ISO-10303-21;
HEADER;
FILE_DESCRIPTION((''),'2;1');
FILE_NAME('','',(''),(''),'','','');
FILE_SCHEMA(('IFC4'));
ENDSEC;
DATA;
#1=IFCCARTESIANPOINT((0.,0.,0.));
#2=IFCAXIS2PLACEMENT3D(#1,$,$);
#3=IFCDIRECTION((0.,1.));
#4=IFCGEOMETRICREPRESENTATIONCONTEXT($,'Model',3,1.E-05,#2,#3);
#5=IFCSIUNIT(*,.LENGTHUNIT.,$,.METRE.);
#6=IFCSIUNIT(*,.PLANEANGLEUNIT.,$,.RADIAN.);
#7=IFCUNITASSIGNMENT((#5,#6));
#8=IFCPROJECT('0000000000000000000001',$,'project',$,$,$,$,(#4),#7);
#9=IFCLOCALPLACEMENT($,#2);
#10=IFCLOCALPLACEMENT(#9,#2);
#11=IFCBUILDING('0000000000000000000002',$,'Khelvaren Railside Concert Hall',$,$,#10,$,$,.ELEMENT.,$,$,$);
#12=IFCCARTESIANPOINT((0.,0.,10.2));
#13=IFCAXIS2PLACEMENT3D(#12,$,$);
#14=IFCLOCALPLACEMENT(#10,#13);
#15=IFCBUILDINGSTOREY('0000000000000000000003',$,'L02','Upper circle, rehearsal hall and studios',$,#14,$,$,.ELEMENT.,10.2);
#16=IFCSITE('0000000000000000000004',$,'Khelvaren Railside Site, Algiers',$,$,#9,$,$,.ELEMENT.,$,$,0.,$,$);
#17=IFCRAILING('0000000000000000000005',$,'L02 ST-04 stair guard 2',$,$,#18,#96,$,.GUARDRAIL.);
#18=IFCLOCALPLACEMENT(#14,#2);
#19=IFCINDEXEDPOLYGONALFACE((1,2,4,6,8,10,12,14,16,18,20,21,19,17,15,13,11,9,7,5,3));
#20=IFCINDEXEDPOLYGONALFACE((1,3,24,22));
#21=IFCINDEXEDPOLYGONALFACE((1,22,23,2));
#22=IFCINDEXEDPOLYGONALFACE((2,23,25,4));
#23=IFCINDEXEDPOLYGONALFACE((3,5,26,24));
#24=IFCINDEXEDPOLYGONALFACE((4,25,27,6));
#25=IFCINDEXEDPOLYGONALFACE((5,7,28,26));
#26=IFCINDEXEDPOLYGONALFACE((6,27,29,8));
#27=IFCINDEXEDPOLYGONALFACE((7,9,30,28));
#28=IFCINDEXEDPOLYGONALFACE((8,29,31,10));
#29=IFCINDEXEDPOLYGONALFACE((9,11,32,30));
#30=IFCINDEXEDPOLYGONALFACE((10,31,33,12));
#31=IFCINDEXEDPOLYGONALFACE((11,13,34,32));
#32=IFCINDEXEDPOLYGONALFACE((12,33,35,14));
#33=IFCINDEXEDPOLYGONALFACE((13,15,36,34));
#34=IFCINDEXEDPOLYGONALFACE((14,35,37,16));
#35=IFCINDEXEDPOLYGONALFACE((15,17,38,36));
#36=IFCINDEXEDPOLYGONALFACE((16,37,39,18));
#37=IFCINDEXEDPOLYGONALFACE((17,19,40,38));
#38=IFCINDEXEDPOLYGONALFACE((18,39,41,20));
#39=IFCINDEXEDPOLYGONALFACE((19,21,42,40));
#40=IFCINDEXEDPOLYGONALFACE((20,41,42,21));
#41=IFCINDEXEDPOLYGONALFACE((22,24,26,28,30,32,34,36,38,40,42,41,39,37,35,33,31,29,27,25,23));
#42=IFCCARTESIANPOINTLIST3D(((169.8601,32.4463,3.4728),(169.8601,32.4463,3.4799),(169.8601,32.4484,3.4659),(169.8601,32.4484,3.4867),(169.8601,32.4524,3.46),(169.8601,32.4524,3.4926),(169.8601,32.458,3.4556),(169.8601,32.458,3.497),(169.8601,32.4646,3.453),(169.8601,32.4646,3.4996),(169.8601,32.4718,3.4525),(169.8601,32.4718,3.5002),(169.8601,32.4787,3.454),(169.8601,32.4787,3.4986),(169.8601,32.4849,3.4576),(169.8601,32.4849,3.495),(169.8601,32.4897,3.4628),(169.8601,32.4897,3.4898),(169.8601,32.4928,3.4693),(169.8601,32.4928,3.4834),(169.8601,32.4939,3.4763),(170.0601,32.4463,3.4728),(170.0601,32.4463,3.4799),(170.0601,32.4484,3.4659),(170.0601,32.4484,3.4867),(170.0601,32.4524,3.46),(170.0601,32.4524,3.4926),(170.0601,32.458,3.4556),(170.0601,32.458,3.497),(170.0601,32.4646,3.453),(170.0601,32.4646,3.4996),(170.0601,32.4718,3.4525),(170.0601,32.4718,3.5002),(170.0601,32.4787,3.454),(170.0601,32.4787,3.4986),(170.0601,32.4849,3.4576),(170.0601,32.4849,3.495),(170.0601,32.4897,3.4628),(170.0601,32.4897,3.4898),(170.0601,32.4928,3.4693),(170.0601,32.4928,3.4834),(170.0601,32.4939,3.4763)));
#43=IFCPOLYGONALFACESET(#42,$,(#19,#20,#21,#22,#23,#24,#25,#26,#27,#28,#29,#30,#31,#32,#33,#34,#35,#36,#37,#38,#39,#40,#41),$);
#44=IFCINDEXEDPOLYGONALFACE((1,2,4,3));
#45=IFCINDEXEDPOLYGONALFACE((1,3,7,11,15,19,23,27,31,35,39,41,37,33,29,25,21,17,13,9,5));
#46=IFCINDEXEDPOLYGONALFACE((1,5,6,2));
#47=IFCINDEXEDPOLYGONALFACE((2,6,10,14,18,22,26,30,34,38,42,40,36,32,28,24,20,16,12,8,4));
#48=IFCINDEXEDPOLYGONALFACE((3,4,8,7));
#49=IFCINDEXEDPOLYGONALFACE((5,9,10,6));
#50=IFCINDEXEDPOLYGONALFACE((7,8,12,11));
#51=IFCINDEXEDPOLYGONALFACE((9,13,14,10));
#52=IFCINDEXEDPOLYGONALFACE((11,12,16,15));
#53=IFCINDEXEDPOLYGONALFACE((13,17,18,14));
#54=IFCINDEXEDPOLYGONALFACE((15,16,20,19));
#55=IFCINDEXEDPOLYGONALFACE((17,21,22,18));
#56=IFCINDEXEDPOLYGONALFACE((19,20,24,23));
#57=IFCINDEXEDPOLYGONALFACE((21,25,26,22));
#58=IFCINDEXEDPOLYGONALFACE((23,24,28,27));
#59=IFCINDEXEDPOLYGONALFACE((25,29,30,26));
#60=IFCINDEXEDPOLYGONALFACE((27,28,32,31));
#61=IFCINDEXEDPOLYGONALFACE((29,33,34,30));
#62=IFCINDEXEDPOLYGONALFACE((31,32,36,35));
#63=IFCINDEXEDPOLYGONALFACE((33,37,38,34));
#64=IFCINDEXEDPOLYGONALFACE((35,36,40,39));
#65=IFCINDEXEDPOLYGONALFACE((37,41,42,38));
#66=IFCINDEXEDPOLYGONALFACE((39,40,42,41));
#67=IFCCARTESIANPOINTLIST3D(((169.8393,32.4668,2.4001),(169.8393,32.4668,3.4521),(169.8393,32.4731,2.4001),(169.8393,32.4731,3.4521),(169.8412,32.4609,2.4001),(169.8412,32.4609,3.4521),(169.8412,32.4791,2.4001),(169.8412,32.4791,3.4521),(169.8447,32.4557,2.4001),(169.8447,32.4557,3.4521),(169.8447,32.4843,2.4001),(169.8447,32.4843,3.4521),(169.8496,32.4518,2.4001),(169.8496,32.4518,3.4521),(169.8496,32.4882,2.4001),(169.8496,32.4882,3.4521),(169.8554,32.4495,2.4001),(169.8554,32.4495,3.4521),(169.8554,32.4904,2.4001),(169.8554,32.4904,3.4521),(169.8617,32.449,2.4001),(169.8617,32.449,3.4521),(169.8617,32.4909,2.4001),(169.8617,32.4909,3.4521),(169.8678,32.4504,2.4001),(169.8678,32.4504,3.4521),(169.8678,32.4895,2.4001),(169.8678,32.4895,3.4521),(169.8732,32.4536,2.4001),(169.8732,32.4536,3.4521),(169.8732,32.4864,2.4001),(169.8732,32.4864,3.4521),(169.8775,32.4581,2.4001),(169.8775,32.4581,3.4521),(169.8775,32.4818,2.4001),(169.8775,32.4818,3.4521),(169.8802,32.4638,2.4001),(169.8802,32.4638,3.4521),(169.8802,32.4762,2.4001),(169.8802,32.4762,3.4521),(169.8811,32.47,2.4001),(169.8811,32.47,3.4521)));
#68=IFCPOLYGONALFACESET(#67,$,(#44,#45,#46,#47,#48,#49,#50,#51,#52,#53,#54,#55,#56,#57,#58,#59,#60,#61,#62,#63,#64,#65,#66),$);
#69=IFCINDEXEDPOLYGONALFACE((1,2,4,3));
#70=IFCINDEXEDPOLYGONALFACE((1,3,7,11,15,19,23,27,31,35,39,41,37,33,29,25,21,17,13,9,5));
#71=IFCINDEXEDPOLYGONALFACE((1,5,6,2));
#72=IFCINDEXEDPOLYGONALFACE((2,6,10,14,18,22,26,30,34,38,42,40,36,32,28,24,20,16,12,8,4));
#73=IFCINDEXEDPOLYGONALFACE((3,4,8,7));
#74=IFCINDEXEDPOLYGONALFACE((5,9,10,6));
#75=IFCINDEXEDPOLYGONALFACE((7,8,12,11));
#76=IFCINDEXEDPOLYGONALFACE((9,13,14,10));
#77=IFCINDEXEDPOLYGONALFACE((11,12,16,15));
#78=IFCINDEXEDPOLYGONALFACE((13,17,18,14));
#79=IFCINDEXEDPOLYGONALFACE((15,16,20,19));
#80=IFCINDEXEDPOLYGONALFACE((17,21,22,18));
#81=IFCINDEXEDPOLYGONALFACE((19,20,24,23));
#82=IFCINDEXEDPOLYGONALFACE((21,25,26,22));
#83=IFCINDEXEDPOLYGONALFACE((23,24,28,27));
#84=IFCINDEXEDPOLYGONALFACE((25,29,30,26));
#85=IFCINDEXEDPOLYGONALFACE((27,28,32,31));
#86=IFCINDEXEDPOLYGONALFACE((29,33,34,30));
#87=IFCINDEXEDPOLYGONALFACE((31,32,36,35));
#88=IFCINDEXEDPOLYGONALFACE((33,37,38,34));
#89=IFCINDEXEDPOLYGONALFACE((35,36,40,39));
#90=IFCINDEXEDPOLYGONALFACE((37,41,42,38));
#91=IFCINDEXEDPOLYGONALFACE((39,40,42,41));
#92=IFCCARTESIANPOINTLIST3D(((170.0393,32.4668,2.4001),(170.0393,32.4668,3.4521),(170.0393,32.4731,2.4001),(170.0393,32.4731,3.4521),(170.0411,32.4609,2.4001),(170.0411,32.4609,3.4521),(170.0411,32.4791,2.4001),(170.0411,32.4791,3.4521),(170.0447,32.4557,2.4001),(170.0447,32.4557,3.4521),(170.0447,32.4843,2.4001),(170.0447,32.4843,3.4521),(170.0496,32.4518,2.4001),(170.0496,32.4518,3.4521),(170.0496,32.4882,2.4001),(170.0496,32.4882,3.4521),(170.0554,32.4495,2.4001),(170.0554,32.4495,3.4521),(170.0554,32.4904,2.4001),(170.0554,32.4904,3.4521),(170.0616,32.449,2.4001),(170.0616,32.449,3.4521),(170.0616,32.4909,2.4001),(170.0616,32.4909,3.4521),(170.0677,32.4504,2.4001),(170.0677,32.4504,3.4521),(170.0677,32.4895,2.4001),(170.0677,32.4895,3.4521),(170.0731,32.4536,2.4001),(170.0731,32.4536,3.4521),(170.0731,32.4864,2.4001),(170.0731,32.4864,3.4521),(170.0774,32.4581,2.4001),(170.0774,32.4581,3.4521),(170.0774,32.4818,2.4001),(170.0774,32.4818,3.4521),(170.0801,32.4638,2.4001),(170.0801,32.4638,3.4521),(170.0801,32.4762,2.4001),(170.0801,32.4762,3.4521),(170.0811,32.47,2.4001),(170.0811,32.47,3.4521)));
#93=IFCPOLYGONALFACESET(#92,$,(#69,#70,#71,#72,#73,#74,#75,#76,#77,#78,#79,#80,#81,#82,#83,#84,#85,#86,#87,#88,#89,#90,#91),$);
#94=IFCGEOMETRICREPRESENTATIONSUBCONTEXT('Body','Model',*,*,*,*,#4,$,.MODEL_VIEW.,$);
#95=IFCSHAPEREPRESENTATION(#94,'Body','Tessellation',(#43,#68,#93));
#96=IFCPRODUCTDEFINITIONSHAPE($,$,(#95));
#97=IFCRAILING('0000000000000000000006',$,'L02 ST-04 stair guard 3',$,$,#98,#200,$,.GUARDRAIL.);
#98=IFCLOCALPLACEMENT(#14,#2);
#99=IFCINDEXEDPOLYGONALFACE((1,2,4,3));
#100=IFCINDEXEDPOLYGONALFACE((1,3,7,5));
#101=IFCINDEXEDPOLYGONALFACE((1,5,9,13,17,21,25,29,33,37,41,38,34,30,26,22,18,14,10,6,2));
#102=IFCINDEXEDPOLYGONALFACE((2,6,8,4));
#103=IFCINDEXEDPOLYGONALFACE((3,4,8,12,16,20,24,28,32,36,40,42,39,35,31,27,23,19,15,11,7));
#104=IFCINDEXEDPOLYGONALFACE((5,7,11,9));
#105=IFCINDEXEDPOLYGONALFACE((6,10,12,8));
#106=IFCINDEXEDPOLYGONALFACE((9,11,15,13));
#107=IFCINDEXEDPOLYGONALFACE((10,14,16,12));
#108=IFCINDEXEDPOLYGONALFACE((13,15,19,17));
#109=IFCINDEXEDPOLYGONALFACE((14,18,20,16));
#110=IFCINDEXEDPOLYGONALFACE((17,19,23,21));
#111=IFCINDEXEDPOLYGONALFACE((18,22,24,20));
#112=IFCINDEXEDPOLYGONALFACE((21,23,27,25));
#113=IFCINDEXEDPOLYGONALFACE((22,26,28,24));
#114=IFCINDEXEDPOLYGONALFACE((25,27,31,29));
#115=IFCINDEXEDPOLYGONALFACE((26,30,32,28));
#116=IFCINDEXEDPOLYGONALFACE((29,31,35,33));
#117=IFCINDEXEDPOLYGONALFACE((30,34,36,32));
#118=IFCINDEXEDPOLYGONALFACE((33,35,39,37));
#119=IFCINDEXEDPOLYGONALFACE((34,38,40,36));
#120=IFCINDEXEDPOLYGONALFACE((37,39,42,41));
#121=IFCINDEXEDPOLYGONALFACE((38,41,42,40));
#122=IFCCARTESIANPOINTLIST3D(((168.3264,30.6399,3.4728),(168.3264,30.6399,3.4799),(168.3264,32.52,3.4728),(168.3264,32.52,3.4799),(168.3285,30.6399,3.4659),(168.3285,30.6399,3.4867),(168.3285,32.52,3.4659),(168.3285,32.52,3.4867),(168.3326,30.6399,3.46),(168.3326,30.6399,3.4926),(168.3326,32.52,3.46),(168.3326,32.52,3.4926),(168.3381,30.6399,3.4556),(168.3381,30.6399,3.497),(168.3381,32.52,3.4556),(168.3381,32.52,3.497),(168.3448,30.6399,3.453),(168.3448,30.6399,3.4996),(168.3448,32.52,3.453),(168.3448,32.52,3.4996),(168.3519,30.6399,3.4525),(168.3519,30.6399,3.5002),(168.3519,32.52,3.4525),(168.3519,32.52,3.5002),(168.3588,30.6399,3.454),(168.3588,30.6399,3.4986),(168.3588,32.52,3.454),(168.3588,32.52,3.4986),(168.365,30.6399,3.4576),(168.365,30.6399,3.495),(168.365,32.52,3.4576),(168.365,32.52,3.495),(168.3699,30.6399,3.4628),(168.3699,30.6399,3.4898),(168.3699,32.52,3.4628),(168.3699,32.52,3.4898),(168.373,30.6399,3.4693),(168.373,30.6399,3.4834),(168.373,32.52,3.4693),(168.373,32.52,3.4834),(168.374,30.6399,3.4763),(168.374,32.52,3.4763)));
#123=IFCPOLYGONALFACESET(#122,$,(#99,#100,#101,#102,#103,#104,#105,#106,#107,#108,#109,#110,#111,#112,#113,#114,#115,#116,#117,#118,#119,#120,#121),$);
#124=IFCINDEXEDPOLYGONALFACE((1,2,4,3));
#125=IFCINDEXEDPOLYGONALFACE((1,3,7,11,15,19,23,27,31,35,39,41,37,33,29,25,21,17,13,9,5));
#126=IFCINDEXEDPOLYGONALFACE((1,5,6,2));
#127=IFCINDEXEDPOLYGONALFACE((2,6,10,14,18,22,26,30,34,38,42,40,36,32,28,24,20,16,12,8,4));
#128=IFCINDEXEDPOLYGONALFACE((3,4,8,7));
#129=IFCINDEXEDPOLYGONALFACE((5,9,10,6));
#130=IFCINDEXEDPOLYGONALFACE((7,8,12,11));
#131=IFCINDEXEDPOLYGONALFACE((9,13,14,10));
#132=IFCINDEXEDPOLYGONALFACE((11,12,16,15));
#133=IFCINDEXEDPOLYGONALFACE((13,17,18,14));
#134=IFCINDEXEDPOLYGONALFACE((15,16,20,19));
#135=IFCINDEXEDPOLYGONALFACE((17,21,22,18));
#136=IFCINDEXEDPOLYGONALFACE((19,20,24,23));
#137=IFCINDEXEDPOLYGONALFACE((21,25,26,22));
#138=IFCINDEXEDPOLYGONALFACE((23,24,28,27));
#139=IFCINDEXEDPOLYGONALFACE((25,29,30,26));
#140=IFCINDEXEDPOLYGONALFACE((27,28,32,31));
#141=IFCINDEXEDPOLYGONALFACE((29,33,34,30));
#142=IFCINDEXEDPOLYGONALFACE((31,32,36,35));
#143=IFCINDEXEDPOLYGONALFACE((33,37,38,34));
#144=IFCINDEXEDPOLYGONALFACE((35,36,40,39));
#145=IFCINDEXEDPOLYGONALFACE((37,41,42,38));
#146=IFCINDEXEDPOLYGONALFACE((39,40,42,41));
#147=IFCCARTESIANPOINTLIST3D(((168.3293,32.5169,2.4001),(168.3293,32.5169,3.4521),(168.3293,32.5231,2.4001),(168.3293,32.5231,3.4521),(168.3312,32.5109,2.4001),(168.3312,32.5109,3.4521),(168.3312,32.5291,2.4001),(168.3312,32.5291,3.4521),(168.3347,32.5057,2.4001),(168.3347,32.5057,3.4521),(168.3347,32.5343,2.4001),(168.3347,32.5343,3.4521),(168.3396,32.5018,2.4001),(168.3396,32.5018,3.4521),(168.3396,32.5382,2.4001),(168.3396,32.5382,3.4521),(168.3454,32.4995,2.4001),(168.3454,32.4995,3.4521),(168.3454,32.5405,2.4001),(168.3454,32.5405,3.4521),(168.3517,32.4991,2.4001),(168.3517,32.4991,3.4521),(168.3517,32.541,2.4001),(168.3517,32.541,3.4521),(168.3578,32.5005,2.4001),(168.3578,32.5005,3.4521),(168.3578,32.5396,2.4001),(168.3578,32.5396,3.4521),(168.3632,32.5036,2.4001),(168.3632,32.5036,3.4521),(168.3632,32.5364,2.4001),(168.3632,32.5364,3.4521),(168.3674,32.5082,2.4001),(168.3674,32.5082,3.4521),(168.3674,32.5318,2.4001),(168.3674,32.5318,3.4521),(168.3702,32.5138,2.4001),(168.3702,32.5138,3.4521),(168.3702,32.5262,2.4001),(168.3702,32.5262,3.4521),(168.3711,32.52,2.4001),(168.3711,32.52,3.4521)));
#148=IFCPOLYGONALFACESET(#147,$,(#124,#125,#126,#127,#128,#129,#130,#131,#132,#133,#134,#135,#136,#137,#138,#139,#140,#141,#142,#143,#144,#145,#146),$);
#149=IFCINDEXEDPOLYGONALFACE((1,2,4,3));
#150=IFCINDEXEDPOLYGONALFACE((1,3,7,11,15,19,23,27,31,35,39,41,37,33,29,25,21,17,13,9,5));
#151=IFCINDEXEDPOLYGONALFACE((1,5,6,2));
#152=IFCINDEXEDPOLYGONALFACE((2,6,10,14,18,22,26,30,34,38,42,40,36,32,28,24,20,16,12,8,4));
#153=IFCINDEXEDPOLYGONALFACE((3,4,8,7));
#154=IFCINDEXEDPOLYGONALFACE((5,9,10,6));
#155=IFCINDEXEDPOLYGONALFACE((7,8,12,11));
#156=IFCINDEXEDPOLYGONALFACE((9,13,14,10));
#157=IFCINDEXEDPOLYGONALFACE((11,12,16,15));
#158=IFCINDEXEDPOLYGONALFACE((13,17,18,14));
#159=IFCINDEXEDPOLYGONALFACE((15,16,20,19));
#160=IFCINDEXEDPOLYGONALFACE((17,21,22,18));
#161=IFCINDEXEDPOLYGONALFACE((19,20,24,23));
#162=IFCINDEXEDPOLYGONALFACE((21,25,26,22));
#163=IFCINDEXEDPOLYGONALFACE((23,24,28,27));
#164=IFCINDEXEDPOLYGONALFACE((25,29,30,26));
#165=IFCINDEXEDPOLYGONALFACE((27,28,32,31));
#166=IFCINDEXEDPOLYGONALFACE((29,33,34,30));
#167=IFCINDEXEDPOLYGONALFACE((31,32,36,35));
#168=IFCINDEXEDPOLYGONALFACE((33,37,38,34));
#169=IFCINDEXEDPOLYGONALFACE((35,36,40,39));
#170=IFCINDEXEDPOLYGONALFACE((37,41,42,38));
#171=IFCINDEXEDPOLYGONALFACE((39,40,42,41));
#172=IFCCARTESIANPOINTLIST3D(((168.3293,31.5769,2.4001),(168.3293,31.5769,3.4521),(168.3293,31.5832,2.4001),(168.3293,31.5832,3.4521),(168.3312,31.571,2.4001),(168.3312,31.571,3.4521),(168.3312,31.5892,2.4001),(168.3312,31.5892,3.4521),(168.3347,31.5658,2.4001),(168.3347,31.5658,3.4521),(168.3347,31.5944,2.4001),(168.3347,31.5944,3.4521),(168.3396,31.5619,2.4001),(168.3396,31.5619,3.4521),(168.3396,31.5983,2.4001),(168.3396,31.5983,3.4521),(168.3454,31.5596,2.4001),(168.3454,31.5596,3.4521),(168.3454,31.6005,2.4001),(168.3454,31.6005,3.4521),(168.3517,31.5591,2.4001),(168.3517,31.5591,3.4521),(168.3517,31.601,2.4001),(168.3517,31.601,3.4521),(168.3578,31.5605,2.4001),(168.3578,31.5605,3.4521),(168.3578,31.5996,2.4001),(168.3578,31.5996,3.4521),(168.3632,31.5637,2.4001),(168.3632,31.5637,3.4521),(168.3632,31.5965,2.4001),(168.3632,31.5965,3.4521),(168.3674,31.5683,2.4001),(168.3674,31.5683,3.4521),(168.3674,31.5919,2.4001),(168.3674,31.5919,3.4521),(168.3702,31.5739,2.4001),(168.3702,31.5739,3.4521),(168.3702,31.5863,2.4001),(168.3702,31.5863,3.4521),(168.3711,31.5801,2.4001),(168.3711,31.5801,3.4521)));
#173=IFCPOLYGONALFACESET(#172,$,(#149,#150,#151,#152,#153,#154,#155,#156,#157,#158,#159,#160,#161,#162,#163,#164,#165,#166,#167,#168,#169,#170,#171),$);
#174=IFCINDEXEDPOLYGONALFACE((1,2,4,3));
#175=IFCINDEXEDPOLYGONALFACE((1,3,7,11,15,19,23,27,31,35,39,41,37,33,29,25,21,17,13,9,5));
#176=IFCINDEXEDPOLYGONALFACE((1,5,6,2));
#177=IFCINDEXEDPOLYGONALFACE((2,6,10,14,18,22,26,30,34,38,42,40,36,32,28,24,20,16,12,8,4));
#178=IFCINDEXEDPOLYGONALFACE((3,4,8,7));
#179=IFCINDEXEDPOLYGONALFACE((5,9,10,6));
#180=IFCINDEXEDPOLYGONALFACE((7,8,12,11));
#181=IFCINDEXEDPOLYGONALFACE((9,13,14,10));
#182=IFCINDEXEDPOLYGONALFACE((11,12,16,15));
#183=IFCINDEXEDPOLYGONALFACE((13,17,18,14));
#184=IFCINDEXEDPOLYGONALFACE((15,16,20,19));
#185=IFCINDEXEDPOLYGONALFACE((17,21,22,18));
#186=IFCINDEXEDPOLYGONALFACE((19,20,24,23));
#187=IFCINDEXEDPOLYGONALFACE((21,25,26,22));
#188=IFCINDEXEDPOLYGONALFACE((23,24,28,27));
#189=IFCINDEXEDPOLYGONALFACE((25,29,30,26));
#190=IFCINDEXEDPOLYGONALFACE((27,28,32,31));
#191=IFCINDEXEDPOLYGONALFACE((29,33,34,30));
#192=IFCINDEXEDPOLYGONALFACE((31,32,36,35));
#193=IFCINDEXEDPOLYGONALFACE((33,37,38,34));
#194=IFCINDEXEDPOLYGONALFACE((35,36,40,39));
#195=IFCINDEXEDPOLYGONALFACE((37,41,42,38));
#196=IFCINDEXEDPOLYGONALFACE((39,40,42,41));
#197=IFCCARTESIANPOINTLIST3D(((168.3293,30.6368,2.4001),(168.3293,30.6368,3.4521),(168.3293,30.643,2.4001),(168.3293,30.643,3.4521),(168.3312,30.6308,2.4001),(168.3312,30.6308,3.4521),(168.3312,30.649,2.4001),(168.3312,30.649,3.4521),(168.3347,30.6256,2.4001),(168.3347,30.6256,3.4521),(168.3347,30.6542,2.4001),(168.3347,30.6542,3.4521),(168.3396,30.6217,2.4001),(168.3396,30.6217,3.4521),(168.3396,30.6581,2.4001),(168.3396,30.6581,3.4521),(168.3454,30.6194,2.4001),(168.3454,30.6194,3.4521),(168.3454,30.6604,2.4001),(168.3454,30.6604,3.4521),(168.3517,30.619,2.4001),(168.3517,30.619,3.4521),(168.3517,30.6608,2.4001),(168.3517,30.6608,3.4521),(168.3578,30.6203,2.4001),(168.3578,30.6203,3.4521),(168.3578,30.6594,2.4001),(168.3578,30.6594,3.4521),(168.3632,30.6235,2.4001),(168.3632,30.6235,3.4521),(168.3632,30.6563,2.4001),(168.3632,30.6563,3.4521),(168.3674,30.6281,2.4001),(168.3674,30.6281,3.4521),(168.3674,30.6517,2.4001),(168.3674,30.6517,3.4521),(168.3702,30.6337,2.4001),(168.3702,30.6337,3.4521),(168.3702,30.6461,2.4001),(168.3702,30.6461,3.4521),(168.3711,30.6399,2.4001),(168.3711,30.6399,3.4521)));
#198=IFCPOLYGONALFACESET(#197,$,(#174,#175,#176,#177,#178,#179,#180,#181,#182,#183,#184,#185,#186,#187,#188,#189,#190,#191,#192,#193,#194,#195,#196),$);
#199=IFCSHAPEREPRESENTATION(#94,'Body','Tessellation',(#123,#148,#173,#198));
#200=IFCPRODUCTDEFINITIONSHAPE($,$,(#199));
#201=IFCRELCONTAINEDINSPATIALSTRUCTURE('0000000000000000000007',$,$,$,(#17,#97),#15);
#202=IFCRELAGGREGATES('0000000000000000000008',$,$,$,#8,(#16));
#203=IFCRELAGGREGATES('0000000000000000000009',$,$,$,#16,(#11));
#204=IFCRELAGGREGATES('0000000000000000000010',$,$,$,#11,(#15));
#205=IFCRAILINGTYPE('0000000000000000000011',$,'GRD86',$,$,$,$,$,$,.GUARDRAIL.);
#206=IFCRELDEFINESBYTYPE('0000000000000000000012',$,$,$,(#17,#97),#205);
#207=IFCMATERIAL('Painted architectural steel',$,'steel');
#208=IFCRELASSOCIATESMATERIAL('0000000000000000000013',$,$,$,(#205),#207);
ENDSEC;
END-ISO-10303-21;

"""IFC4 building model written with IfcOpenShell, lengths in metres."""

from ifc_helpers import new_model, si_unit, direction, frame, origin, origin_2d, place, context, subcontext, project, spatial, circle, extrude, material, type_object, element, save


model = new_model("IFC4")

# Units and contexts
model_context = context("Model", 3, precision=1e-05, world=origin(), true_north=direction((0.0, 1.0)))
body_context = subcontext(model_context, "Body", "Model", "MODEL_VIEW")
ifc_project = project(units=[si_unit("LENGTHUNIT", "METRE"), si_unit("PLANEANGLEUNIT", "RADIAN")], contexts=[model_context])

# Site, building, storey
site_placement = place(None, origin())
site = spatial("IfcSite", under=ifc_project, at=site_placement, Name="Khelvaren Railside Site, Algiers", CompositionType="ELEMENT", RefElevation=0.0)
building_placement = place(site_placement, origin())
building = spatial("IfcBuilding", under=site, at=building_placement, Name="Khelvaren Railside Concert Hall", CompositionType="ELEMENT")
storey_placement = place(building_placement, frame((0.0, 0.0, 10.2)))
storey = spatial("IfcBuildingStorey", under=building, at=storey_placement, Name="L02", Description="Upper circle, rehearsal hall and studios", CompositionType="ELEMENT", Elevation=10.2)

# Railings
ifc_material_1 = material(Name="Painted architectural steel", Category="steel")
railing_type_1 = type_object("IfcRailingType", Name="GRD86", PredefinedType="GUARDRAIL", material=ifc_material_1)
railing_1_placement = place(storey_placement, frame((169.8601, 32.47, 2.4001)))
element("IfcRailing", 1, at=railing_1_placement, inside=storey, type_object=railing_type_1, Name="L02 ST-04 stair guard 2", PredefinedType="GUARDRAIL", context=body_context, shape_type="SweptSolid", body=[
    extrude(circle(Radius=0.0239, at=origin_2d()), frame((0.0, 0.0, 1.0762), z_axis=(1.0, 0.0, 0.0), x_axis=(0.0, 1.0, 0.0)), (0.0, 0.0, 1.0), 0.2),
    extrude(circle(Radius=0.021, at=origin_2d()), origin(), (0.0, 0.0, 1.0), 1.052),
    extrude(circle(Radius=0.021, at=origin_2d()), frame((0.2, 0.0, 0.0)), (0.0, 0.0, 1.0), 1.052),
])
for number, where, name in (
    (2, (168.3501, 32.52, 2.4001), "L02 ST-04 stair guard 3"),
):
    element("IfcRailing", number, at=place(storey_placement, frame(where)), inside=storey, type_object=railing_type_1, Name=name, PredefinedType="GUARDRAIL", context=body_context, shape_type="SweptSolid", body=[
        extrude(circle(Radius=0.0239, at=origin_2d()), frame((0.0, 0.0, 1.0762), z_axis=(0.0, -1.0, 0.0), x_axis=(1.0, 0.0, 0.0)), (0.0, 0.0, 1.0), 1.8801),
        extrude(circle(Radius=0.021, at=origin_2d()), origin(), (0.0, 0.0, 1.0), 1.052),
        extrude(circle(Radius=0.021, at=origin_2d()), frame((0.0, -0.9399, 0.0)), (0.0, 0.0, 1.0), 1.052),
        extrude(circle(Radius=0.021, at=origin_2d()), frame((0.0, -1.8801, 0.0)), (0.0, 0.0, 1.0), 1.052),
    ])

save(model, "model.ifc")
